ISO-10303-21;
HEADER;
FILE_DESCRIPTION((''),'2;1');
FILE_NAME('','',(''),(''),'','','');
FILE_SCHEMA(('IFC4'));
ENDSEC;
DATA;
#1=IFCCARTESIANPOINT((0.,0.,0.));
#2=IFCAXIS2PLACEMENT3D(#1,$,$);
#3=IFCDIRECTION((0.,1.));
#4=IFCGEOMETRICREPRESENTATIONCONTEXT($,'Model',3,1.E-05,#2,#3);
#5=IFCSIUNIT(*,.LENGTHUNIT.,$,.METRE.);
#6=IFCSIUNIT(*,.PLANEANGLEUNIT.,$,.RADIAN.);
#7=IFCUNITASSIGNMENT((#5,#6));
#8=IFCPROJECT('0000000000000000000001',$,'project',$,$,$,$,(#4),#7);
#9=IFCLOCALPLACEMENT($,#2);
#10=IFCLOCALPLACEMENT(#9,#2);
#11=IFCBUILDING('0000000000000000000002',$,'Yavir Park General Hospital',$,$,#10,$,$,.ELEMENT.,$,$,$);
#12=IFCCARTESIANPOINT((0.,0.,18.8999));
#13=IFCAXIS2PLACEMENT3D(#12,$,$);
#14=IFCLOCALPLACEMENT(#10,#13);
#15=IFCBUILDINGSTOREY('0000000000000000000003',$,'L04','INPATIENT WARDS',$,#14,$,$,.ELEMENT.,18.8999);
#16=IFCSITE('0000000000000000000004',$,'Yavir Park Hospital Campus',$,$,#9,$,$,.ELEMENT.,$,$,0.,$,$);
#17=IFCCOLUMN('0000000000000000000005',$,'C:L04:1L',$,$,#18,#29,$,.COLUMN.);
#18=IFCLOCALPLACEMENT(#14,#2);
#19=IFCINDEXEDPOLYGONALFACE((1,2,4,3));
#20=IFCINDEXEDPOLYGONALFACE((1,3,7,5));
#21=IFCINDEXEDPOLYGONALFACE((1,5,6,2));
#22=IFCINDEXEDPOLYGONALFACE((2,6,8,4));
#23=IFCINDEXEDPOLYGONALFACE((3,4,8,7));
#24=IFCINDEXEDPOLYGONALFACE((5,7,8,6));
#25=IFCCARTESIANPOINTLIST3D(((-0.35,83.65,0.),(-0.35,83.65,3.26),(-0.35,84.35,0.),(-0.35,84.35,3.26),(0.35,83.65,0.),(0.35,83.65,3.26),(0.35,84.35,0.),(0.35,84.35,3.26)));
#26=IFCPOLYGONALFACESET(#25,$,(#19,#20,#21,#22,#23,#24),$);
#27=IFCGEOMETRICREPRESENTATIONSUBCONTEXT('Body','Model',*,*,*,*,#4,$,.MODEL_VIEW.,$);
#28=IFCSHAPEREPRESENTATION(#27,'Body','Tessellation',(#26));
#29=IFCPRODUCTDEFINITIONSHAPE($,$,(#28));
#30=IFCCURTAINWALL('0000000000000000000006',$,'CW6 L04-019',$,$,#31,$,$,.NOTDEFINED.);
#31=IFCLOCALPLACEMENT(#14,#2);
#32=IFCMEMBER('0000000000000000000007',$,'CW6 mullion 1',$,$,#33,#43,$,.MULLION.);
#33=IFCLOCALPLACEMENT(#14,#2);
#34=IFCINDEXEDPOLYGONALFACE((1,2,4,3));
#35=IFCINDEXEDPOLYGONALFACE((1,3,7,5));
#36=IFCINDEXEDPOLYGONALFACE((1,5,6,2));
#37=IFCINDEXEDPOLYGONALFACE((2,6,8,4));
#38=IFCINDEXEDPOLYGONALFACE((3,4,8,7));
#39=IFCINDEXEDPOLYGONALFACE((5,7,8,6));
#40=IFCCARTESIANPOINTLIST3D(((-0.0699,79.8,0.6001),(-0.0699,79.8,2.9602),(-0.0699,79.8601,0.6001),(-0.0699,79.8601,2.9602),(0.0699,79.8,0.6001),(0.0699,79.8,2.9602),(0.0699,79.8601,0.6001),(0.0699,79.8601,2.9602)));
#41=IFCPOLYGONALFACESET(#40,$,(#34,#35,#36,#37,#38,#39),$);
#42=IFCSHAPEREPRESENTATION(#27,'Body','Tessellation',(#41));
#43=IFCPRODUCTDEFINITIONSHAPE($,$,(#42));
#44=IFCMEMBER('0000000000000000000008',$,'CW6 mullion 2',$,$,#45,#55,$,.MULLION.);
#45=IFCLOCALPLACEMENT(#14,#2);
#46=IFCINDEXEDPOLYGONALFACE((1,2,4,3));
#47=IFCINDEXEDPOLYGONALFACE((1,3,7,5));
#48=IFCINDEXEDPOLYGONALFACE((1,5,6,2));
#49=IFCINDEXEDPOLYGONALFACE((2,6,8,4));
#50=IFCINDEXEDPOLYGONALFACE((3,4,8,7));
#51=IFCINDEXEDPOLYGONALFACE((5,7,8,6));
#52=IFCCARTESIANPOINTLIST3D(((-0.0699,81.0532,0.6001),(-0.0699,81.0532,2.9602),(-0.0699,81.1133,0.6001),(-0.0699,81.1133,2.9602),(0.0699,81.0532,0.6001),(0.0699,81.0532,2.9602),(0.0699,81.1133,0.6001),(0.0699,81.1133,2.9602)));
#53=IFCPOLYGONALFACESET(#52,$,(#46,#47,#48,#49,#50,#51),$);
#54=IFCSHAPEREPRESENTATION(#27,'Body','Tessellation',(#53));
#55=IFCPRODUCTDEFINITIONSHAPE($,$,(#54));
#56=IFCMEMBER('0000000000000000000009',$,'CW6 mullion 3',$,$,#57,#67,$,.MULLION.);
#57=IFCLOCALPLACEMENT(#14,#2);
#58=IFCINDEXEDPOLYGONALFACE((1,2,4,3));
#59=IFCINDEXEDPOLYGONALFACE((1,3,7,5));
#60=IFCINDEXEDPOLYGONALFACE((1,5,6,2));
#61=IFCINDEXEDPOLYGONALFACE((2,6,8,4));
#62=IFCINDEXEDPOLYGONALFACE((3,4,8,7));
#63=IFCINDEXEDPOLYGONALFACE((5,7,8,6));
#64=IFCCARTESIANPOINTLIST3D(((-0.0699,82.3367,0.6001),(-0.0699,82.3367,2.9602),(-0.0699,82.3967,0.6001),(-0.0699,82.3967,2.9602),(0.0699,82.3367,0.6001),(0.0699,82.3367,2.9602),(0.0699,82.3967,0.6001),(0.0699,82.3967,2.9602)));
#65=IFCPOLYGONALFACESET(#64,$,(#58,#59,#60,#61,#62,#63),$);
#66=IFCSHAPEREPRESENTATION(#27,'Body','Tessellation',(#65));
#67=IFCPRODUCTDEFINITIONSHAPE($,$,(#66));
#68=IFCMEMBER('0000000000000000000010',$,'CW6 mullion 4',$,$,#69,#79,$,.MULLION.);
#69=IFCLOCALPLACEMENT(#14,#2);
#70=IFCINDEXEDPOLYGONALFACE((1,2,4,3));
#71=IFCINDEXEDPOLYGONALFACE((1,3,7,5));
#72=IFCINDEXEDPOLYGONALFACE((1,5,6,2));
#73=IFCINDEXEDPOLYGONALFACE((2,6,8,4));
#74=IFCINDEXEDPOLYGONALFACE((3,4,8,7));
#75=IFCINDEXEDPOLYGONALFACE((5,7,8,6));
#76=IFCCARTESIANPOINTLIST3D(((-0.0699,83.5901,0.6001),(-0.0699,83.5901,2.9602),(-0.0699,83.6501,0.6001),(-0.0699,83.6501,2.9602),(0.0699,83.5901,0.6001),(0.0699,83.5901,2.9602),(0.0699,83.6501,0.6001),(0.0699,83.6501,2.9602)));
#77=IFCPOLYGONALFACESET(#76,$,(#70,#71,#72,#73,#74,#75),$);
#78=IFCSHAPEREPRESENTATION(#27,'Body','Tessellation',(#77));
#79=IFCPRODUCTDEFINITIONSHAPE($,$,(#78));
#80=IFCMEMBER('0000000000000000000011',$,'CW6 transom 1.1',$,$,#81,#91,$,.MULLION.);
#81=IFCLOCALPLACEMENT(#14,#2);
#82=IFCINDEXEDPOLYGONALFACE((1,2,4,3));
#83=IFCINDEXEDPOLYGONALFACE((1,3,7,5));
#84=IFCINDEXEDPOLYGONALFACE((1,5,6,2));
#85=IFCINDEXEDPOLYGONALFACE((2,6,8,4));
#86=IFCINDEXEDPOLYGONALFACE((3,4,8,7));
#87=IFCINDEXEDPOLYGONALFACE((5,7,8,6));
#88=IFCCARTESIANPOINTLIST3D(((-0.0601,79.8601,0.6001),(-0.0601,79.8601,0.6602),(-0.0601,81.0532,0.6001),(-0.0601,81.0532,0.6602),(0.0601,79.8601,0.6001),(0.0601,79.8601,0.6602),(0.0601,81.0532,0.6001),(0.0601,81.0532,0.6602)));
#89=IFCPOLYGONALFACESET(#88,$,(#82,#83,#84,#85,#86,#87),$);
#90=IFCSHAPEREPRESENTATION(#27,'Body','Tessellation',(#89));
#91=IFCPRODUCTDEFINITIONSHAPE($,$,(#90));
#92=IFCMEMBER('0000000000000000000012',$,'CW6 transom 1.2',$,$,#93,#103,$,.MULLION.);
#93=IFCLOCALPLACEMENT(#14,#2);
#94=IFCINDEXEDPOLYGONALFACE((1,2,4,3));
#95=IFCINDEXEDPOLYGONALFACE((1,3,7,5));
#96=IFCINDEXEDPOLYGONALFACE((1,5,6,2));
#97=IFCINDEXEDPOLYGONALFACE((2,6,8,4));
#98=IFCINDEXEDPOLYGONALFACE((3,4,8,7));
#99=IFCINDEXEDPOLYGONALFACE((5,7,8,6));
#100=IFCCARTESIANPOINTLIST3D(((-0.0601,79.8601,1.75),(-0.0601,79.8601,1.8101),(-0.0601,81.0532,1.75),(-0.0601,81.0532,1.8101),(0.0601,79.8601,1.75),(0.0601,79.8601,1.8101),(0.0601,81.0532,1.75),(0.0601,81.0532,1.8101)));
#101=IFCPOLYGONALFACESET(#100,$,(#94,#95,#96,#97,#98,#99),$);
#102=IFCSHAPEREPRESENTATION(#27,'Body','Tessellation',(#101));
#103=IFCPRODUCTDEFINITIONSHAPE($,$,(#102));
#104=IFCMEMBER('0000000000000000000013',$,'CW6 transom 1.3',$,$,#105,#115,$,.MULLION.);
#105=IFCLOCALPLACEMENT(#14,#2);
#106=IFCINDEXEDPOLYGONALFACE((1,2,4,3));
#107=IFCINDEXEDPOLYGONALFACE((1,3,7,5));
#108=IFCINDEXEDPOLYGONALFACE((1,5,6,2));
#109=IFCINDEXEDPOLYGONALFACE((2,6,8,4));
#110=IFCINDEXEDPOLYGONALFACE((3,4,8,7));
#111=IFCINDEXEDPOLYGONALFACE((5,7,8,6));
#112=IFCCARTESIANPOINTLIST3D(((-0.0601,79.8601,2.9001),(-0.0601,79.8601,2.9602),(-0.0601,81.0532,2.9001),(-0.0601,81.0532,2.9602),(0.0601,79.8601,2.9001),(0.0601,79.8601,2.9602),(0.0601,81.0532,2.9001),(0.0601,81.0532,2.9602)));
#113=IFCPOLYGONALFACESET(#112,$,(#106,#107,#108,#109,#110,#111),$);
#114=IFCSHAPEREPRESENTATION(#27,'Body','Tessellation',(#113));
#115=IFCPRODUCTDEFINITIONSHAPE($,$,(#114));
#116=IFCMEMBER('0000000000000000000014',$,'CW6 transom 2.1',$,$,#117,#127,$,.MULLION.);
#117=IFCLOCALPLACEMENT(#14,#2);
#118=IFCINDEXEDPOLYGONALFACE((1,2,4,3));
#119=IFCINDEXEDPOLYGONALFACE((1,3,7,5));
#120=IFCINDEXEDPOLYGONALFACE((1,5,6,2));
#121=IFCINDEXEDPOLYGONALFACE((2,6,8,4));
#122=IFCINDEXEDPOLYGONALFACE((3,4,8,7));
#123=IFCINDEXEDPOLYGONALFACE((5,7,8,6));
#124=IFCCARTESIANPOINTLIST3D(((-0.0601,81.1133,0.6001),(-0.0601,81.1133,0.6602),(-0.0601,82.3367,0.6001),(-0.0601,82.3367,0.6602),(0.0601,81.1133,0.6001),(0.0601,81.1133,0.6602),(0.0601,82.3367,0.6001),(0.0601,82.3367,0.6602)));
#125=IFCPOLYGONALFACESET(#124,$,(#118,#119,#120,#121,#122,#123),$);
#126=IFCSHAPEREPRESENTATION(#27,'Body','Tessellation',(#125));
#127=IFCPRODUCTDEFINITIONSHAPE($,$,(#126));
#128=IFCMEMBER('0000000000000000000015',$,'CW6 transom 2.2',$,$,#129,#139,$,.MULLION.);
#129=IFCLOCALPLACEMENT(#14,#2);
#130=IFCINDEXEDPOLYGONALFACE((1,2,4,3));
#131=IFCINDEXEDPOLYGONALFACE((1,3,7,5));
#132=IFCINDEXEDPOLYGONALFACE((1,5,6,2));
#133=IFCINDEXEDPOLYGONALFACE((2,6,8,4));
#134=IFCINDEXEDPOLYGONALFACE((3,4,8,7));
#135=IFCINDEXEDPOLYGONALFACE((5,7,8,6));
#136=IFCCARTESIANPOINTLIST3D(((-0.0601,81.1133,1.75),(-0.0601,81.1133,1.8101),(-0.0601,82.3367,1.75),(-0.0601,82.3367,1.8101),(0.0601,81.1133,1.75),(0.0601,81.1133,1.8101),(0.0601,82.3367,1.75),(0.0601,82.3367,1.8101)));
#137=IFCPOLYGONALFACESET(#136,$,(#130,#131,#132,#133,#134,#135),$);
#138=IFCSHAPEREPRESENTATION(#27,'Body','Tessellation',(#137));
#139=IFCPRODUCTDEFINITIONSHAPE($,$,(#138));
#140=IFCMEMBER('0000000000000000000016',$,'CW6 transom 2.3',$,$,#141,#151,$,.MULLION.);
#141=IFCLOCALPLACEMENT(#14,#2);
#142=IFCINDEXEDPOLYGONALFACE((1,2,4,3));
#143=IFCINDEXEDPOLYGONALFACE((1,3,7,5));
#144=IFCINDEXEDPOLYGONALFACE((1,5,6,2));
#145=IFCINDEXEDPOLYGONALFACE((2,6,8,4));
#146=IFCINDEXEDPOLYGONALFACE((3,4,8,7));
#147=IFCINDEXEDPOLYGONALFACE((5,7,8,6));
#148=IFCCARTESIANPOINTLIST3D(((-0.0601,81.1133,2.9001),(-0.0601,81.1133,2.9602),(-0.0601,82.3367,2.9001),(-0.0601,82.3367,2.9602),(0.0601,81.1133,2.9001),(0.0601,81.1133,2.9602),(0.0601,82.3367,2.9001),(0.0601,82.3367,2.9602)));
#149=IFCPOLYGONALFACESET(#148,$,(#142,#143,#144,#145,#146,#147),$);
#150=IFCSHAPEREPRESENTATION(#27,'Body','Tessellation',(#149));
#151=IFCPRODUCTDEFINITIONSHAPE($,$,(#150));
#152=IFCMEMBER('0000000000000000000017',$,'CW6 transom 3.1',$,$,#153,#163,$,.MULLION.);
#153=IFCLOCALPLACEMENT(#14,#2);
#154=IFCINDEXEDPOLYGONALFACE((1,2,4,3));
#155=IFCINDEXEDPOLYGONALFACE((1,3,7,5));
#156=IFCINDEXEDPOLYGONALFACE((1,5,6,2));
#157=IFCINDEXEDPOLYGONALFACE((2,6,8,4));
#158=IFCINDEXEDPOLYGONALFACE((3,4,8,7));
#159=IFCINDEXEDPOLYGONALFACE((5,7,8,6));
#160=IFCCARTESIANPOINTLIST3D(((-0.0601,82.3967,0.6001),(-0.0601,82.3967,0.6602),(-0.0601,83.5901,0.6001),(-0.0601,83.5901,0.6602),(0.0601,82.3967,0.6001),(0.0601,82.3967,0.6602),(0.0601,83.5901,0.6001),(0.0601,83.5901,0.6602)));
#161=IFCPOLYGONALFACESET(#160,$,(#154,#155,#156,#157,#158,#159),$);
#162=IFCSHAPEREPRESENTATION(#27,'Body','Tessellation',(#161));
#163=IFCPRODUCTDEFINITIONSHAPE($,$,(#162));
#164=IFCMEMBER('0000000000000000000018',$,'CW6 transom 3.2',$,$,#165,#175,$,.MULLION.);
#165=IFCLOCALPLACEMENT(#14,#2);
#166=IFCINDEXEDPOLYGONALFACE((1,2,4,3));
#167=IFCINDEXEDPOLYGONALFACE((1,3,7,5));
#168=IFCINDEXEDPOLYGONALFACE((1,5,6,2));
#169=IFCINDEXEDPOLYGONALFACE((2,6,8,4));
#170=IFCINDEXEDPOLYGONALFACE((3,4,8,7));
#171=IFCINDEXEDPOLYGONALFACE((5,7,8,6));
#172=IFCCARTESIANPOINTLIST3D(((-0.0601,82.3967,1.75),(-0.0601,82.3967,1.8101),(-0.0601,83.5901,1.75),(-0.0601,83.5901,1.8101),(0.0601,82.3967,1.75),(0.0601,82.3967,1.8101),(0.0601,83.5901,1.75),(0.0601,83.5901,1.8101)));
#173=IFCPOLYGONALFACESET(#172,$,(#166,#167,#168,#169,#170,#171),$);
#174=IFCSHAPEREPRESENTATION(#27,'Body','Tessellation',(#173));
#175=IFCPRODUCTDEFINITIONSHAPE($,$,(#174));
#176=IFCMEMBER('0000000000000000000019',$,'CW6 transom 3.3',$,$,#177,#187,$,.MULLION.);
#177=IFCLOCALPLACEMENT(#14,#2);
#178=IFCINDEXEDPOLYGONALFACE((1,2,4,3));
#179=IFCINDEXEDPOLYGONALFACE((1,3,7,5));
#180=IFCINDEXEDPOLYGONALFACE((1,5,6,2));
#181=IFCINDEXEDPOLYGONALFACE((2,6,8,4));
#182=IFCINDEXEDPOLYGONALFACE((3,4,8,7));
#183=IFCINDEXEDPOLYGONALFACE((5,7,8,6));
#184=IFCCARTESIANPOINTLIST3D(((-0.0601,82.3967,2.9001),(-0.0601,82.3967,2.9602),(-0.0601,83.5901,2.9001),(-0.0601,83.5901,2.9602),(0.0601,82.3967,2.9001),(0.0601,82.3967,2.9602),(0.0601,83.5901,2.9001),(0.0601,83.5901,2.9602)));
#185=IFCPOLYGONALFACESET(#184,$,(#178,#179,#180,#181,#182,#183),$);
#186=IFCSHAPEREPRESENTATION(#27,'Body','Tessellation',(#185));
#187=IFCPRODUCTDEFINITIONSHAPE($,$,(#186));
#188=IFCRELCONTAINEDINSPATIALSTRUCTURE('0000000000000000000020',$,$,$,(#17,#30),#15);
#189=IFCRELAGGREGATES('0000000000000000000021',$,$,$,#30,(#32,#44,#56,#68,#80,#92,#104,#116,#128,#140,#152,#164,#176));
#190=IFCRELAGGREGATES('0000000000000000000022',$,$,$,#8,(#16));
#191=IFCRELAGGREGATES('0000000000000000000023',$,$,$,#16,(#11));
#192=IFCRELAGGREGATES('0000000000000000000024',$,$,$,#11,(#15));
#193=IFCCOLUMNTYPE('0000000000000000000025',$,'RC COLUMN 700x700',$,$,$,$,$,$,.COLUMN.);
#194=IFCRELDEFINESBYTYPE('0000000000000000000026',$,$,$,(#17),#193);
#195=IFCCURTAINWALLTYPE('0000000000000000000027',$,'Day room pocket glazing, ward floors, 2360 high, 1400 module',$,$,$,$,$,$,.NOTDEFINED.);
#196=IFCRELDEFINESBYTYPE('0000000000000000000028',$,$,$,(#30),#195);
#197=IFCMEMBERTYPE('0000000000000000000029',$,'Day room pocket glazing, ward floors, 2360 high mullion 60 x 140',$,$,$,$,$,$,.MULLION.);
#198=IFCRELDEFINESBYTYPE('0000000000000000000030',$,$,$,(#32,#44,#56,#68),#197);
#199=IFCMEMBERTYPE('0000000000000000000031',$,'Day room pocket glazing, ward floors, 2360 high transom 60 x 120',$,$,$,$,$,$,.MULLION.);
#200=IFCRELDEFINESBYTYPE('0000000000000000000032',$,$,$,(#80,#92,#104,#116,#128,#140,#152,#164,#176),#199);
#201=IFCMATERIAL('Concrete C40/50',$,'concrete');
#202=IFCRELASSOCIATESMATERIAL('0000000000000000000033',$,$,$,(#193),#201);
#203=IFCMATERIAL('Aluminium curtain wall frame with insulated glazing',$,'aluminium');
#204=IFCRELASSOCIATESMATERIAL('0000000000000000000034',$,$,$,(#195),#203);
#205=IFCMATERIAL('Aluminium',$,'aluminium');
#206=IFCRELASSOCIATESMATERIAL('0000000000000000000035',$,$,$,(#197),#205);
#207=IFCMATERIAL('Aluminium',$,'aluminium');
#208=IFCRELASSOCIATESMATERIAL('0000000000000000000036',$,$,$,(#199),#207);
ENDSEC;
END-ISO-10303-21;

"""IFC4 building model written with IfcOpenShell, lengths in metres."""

from ifc_helpers import new_model, si_unit, direction, frame, origin, origin_2d, place, context, subcontext, project, spatial, rectangle, extrude, material, material_profile, profile_set, type_object, element, aggregate, save


model = new_model("IFC4")

# Units and contexts
model_context = context("Model", 3, precision=1e-05, world=origin(), true_north=direction((0.0, 1.0)))
body_context = subcontext(model_context, "Body", "Model", "MODEL_VIEW")
ifc_project = project(units=[si_unit("LENGTHUNIT", "METRE"), si_unit("PLANEANGLEUNIT", "RADIAN")], contexts=[model_context])

# Site, building, storey
site_placement = place(None, origin())
site = spatial("IfcSite", under=ifc_project, at=site_placement, Name="Yavir Park Hospital Campus", CompositionType="ELEMENT", RefElevation=0.0)
building_placement = place(site_placement, origin())
building = spatial("IfcBuilding", under=site, at=building_placement, Name="Yavir Park General Hospital", CompositionType="ELEMENT")
storey_placement = place(building_placement, frame((0.0, 0.0, 18.8999)))
storey = spatial("IfcBuildingStorey", under=building, at=storey_placement, Name="L04", Description="INPATIENT WARDS", CompositionType="ELEMENT", Elevation=18.8999)

# Column
ifc_material_1 = material(Name="Concrete C40/50", Category="concrete")
ifc_material_profile_1 = material_profile(ifc_material_1, rectangle(XDim=0.7, YDim=0.7, at=origin_2d()), Name="RC700x700")
ifc_profile_set_1 = profile_set([ifc_material_profile_1], Name="Concrete C40/50")
column_type = type_object("IfcColumnType", Name="RC COLUMN 700x700", PredefinedType="COLUMN", material=ifc_profile_set_1)
column_placement = place(storey_placement, frame((0.0, 84.0, 0.0), z_axis=(0.0, 0.0, 1.0), x_axis=(1.0, 0.0, 0.0)))
element("IfcColumn", 1, at=column_placement, inside=storey, type_object=column_type, Name="C:L04:1L", PredefinedType="COLUMN", context=body_context, shape_type="SweptSolid", body=[
    extrude(rectangle(XDim=0.7, YDim=0.7, at=origin_2d()), origin(), (0.0, 0.0, 1.0), 3.26),
])

# Curtain wall, members
ifc_material_2 = material(Name="Aluminium curtain wall frame with insulated glazing", Category="aluminium")
curtain_wall_type = type_object("IfcCurtainWallType", Name="Day room pocket glazing, ward floors, 2360 high, 1400 module", PredefinedType="NOTDEFINED", material=ifc_material_2)
curtain_wall_placement = place(storey_placement, origin())
curtain_wall = element("IfcCurtainWall", 2, at=curtain_wall_placement, inside=storey, type_object=curtain_wall_type, Name="CW6 L04-019", PredefinedType="NOTDEFINED")
ifc_material_3 = material(Name="Aluminium", Category="aluminium")
ifc_material_profile_2 = material_profile(ifc_material_3, rectangle(XDim=0.1399, YDim=0.0601, at=origin_2d()), Name="AL 60x140")
ifc_profile_set_2 = profile_set([ifc_material_profile_2], Name="Aluminium")
member_type_1 = type_object("IfcMemberType", Name="Day room pocket glazing, ward floors, 2360 high mullion 60 x 140", PredefinedType="MULLION", material=ifc_profile_set_2)
member_1_placement = place(storey_placement, frame((0.0, 79.8301, 0.6001), z_axis=(0.0, 0.0, 1.0), x_axis=(-1.0, 0.0, 0.0)))
member_1 = element("IfcMember", 3, at=member_1_placement, type_object=member_type_1, Name="CW6 mullion 1", PredefinedType="MULLION", context=body_context, shape_type="SweptSolid", body=[
    extrude(rectangle(XDim=0.1399, YDim=0.0601, at=origin_2d()), origin(), (0.0, 0.0, 1.0), 2.3601),
])
member_2_placement = place(storey_placement, frame((0.0, 81.0833, 0.6001), z_axis=(0.0, 0.0, 1.0), x_axis=(-1.0, 0.0, 0.0)))
member_2 = element("IfcMember", 4, at=member_2_placement, type_object=member_type_1, Name="CW6 mullion 2", PredefinedType="MULLION", context=body_context, shape_type="SweptSolid", body=[
    extrude(rectangle(XDim=0.1399, YDim=0.0601, at=origin_2d()), origin(), (0.0, 0.0, 1.0), 2.3601),
])
member_3_placement = place(storey_placement, frame((0.0, 82.3667, 0.6001), z_axis=(0.0, 0.0, 1.0), x_axis=(-1.0, 0.0, 0.0)))
member_3 = element("IfcMember", 5, at=member_3_placement, type_object=member_type_1, Name="CW6 mullion 3", PredefinedType="MULLION", context=body_context, shape_type="SweptSolid", body=[
    extrude(rectangle(XDim=0.1399, YDim=0.0601, at=origin_2d()), origin(), (0.0, 0.0, 1.0), 2.3601),
])
member_4_placement = place(storey_placement, frame((0.0, 83.6201, 0.6001), z_axis=(0.0, 0.0, 1.0), x_axis=(-1.0, 0.0, 0.0)))
member_4 = element("IfcMember", 6, at=member_4_placement, type_object=member_type_1, Name="CW6 mullion 4", PredefinedType="MULLION", context=body_context, shape_type="SweptSolid", body=[
    extrude(rectangle(XDim=0.1399, YDim=0.0601, at=origin_2d()), origin(), (0.0, 0.0, 1.0), 2.3601),
])
ifc_material_4 = material(Name="Aluminium", Category="aluminium")
ifc_material_profile_3 = material_profile(ifc_material_4, rectangle(XDim=0.1201, YDim=0.0601, at=origin_2d()), Name="AL 120x60")
ifc_profile_set_3 = profile_set([ifc_material_profile_3], Name="Aluminium")
member_type_2 = type_object("IfcMemberType", Name="Day room pocket glazing, ward floors, 2360 high transom 60 x 120", PredefinedType="MULLION", material=ifc_profile_set_3)
member_5_placement = place(storey_placement, frame((0.0, 79.8601, 0.6301), z_axis=(0.0, 1.0, 0.0), x_axis=(-1.0, 0.0, 0.0)))
member_5 = element("IfcMember", 7, at=member_5_placement, type_object=member_type_2, Name="CW6 transom 1.1", PredefinedType="MULLION", context=body_context, shape_type="SweptSolid", body=[
    extrude(rectangle(XDim=0.1201, YDim=0.0601, at=origin_2d()), origin(), (0.0, 0.0, 1.0), 1.1931),
])
member_6_placement = place(storey_placement, frame((0.0, 79.8601, 1.78), z_axis=(0.0, 1.0, 0.0), x_axis=(-1.0, 0.0, 0.0)))
member_6 = element("IfcMember", 8, at=member_6_placement, type_object=member_type_2, Name="CW6 transom 1.2", PredefinedType="MULLION", context=body_context, shape_type="SweptSolid", body=[
    extrude(rectangle(XDim=0.1201, YDim=0.0601, at=origin_2d()), origin(), (0.0, 0.0, 1.0), 1.1931),
])
member_7_placement = place(storey_placement, frame((0.0, 79.8601, 2.9302), z_axis=(0.0, 1.0, 0.0), x_axis=(-1.0, 0.0, 0.0)))
member_7 = element("IfcMember", 9, at=member_7_placement, type_object=member_type_2, Name="CW6 transom 1.3", PredefinedType="MULLION", context=body_context, shape_type="SweptSolid", body=[
    extrude(rectangle(XDim=0.1201, YDim=0.0601, at=origin_2d()), origin(), (0.0, 0.0, 1.0), 1.1931),
])
member_8_placement = place(storey_placement, frame((0.0, 81.1133, 0.6301), z_axis=(0.0, 1.0, 0.0), x_axis=(-1.0, 0.0, 0.0)))
member_8 = element("IfcMember", 10, at=member_8_placement, type_object=member_type_2, Name="CW6 transom 2.1", PredefinedType="MULLION", context=body_context, shape_type="SweptSolid", body=[
    extrude(rectangle(XDim=0.1201, YDim=0.0601, at=origin_2d()), origin(), (0.0, 0.0, 1.0), 1.2234),
])
member_9_placement = place(storey_placement, frame((0.0, 81.1133, 1.78), z_axis=(0.0, 1.0, 0.0), x_axis=(-1.0, 0.0, 0.0)))
member_9 = element("IfcMember", 11, at=member_9_placement, type_object=member_type_2, Name="CW6 transom 2.2", PredefinedType="MULLION", context=body_context, shape_type="SweptSolid", body=[
    extrude(rectangle(XDim=0.1201, YDim=0.0601, at=origin_2d()), origin(), (0.0, 0.0, 1.0), 1.2234),
])
member_10_placement = place(storey_placement, frame((0.0, 81.1133, 2.9302), z_axis=(0.0, 1.0, 0.0), x_axis=(-1.0, 0.0, 0.0)))
member_10 = element("IfcMember", 12, at=member_10_placement, type_object=member_type_2, Name="CW6 transom 2.3", PredefinedType="MULLION", context=body_context, shape_type="SweptSolid", body=[
    extrude(rectangle(XDim=0.1201, YDim=0.0601, at=origin_2d()), origin(), (0.0, 0.0, 1.0), 1.2234),
])
member_11_placement = place(storey_placement, frame((0.0, 82.3967, 0.6301), z_axis=(0.0, 1.0, 0.0), x_axis=(-1.0, 0.0, 0.0)))
member_11 = element("IfcMember", 13, at=member_11_placement, type_object=member_type_2, Name="CW6 transom 3.1", PredefinedType="MULLION", context=body_context, shape_type="SweptSolid", body=[
    extrude(rectangle(XDim=0.1201, YDim=0.0601, at=origin_2d()), origin(), (0.0, 0.0, 1.0), 1.1934),
])
member_12_placement = place(storey_placement, frame((0.0, 82.3967, 1.78), z_axis=(0.0, 1.0, 0.0), x_axis=(-1.0, 0.0, 0.0)))
member_12 = element("IfcMember", 14, at=member_12_placement, type_object=member_type_2, Name="CW6 transom 3.2", PredefinedType="MULLION", context=body_context, shape_type="SweptSolid", body=[
    extrude(rectangle(XDim=0.1201, YDim=0.0601, at=origin_2d()), origin(), (0.0, 0.0, 1.0), 1.1934),
])
member_13_placement = place(storey_placement, frame((0.0, 82.3967, 2.9302), z_axis=(0.0, 1.0, 0.0), x_axis=(-1.0, 0.0, 0.0)))
member_13 = element("IfcMember", 15, at=member_13_placement, type_object=member_type_2, Name="CW6 transom 3.3", PredefinedType="MULLION", context=body_context, shape_type="SweptSolid", body=[
    extrude(rectangle(XDim=0.1201, YDim=0.0601, at=origin_2d()), origin(), (0.0, 0.0, 1.0), 1.1934),
])

aggregate(curtain_wall, [member_1, member_2, member_3, member_4, member_5, member_6, member_7, member_8, member_9, member_10, member_11, member_12, member_13])

save(model, "model.ifc")
